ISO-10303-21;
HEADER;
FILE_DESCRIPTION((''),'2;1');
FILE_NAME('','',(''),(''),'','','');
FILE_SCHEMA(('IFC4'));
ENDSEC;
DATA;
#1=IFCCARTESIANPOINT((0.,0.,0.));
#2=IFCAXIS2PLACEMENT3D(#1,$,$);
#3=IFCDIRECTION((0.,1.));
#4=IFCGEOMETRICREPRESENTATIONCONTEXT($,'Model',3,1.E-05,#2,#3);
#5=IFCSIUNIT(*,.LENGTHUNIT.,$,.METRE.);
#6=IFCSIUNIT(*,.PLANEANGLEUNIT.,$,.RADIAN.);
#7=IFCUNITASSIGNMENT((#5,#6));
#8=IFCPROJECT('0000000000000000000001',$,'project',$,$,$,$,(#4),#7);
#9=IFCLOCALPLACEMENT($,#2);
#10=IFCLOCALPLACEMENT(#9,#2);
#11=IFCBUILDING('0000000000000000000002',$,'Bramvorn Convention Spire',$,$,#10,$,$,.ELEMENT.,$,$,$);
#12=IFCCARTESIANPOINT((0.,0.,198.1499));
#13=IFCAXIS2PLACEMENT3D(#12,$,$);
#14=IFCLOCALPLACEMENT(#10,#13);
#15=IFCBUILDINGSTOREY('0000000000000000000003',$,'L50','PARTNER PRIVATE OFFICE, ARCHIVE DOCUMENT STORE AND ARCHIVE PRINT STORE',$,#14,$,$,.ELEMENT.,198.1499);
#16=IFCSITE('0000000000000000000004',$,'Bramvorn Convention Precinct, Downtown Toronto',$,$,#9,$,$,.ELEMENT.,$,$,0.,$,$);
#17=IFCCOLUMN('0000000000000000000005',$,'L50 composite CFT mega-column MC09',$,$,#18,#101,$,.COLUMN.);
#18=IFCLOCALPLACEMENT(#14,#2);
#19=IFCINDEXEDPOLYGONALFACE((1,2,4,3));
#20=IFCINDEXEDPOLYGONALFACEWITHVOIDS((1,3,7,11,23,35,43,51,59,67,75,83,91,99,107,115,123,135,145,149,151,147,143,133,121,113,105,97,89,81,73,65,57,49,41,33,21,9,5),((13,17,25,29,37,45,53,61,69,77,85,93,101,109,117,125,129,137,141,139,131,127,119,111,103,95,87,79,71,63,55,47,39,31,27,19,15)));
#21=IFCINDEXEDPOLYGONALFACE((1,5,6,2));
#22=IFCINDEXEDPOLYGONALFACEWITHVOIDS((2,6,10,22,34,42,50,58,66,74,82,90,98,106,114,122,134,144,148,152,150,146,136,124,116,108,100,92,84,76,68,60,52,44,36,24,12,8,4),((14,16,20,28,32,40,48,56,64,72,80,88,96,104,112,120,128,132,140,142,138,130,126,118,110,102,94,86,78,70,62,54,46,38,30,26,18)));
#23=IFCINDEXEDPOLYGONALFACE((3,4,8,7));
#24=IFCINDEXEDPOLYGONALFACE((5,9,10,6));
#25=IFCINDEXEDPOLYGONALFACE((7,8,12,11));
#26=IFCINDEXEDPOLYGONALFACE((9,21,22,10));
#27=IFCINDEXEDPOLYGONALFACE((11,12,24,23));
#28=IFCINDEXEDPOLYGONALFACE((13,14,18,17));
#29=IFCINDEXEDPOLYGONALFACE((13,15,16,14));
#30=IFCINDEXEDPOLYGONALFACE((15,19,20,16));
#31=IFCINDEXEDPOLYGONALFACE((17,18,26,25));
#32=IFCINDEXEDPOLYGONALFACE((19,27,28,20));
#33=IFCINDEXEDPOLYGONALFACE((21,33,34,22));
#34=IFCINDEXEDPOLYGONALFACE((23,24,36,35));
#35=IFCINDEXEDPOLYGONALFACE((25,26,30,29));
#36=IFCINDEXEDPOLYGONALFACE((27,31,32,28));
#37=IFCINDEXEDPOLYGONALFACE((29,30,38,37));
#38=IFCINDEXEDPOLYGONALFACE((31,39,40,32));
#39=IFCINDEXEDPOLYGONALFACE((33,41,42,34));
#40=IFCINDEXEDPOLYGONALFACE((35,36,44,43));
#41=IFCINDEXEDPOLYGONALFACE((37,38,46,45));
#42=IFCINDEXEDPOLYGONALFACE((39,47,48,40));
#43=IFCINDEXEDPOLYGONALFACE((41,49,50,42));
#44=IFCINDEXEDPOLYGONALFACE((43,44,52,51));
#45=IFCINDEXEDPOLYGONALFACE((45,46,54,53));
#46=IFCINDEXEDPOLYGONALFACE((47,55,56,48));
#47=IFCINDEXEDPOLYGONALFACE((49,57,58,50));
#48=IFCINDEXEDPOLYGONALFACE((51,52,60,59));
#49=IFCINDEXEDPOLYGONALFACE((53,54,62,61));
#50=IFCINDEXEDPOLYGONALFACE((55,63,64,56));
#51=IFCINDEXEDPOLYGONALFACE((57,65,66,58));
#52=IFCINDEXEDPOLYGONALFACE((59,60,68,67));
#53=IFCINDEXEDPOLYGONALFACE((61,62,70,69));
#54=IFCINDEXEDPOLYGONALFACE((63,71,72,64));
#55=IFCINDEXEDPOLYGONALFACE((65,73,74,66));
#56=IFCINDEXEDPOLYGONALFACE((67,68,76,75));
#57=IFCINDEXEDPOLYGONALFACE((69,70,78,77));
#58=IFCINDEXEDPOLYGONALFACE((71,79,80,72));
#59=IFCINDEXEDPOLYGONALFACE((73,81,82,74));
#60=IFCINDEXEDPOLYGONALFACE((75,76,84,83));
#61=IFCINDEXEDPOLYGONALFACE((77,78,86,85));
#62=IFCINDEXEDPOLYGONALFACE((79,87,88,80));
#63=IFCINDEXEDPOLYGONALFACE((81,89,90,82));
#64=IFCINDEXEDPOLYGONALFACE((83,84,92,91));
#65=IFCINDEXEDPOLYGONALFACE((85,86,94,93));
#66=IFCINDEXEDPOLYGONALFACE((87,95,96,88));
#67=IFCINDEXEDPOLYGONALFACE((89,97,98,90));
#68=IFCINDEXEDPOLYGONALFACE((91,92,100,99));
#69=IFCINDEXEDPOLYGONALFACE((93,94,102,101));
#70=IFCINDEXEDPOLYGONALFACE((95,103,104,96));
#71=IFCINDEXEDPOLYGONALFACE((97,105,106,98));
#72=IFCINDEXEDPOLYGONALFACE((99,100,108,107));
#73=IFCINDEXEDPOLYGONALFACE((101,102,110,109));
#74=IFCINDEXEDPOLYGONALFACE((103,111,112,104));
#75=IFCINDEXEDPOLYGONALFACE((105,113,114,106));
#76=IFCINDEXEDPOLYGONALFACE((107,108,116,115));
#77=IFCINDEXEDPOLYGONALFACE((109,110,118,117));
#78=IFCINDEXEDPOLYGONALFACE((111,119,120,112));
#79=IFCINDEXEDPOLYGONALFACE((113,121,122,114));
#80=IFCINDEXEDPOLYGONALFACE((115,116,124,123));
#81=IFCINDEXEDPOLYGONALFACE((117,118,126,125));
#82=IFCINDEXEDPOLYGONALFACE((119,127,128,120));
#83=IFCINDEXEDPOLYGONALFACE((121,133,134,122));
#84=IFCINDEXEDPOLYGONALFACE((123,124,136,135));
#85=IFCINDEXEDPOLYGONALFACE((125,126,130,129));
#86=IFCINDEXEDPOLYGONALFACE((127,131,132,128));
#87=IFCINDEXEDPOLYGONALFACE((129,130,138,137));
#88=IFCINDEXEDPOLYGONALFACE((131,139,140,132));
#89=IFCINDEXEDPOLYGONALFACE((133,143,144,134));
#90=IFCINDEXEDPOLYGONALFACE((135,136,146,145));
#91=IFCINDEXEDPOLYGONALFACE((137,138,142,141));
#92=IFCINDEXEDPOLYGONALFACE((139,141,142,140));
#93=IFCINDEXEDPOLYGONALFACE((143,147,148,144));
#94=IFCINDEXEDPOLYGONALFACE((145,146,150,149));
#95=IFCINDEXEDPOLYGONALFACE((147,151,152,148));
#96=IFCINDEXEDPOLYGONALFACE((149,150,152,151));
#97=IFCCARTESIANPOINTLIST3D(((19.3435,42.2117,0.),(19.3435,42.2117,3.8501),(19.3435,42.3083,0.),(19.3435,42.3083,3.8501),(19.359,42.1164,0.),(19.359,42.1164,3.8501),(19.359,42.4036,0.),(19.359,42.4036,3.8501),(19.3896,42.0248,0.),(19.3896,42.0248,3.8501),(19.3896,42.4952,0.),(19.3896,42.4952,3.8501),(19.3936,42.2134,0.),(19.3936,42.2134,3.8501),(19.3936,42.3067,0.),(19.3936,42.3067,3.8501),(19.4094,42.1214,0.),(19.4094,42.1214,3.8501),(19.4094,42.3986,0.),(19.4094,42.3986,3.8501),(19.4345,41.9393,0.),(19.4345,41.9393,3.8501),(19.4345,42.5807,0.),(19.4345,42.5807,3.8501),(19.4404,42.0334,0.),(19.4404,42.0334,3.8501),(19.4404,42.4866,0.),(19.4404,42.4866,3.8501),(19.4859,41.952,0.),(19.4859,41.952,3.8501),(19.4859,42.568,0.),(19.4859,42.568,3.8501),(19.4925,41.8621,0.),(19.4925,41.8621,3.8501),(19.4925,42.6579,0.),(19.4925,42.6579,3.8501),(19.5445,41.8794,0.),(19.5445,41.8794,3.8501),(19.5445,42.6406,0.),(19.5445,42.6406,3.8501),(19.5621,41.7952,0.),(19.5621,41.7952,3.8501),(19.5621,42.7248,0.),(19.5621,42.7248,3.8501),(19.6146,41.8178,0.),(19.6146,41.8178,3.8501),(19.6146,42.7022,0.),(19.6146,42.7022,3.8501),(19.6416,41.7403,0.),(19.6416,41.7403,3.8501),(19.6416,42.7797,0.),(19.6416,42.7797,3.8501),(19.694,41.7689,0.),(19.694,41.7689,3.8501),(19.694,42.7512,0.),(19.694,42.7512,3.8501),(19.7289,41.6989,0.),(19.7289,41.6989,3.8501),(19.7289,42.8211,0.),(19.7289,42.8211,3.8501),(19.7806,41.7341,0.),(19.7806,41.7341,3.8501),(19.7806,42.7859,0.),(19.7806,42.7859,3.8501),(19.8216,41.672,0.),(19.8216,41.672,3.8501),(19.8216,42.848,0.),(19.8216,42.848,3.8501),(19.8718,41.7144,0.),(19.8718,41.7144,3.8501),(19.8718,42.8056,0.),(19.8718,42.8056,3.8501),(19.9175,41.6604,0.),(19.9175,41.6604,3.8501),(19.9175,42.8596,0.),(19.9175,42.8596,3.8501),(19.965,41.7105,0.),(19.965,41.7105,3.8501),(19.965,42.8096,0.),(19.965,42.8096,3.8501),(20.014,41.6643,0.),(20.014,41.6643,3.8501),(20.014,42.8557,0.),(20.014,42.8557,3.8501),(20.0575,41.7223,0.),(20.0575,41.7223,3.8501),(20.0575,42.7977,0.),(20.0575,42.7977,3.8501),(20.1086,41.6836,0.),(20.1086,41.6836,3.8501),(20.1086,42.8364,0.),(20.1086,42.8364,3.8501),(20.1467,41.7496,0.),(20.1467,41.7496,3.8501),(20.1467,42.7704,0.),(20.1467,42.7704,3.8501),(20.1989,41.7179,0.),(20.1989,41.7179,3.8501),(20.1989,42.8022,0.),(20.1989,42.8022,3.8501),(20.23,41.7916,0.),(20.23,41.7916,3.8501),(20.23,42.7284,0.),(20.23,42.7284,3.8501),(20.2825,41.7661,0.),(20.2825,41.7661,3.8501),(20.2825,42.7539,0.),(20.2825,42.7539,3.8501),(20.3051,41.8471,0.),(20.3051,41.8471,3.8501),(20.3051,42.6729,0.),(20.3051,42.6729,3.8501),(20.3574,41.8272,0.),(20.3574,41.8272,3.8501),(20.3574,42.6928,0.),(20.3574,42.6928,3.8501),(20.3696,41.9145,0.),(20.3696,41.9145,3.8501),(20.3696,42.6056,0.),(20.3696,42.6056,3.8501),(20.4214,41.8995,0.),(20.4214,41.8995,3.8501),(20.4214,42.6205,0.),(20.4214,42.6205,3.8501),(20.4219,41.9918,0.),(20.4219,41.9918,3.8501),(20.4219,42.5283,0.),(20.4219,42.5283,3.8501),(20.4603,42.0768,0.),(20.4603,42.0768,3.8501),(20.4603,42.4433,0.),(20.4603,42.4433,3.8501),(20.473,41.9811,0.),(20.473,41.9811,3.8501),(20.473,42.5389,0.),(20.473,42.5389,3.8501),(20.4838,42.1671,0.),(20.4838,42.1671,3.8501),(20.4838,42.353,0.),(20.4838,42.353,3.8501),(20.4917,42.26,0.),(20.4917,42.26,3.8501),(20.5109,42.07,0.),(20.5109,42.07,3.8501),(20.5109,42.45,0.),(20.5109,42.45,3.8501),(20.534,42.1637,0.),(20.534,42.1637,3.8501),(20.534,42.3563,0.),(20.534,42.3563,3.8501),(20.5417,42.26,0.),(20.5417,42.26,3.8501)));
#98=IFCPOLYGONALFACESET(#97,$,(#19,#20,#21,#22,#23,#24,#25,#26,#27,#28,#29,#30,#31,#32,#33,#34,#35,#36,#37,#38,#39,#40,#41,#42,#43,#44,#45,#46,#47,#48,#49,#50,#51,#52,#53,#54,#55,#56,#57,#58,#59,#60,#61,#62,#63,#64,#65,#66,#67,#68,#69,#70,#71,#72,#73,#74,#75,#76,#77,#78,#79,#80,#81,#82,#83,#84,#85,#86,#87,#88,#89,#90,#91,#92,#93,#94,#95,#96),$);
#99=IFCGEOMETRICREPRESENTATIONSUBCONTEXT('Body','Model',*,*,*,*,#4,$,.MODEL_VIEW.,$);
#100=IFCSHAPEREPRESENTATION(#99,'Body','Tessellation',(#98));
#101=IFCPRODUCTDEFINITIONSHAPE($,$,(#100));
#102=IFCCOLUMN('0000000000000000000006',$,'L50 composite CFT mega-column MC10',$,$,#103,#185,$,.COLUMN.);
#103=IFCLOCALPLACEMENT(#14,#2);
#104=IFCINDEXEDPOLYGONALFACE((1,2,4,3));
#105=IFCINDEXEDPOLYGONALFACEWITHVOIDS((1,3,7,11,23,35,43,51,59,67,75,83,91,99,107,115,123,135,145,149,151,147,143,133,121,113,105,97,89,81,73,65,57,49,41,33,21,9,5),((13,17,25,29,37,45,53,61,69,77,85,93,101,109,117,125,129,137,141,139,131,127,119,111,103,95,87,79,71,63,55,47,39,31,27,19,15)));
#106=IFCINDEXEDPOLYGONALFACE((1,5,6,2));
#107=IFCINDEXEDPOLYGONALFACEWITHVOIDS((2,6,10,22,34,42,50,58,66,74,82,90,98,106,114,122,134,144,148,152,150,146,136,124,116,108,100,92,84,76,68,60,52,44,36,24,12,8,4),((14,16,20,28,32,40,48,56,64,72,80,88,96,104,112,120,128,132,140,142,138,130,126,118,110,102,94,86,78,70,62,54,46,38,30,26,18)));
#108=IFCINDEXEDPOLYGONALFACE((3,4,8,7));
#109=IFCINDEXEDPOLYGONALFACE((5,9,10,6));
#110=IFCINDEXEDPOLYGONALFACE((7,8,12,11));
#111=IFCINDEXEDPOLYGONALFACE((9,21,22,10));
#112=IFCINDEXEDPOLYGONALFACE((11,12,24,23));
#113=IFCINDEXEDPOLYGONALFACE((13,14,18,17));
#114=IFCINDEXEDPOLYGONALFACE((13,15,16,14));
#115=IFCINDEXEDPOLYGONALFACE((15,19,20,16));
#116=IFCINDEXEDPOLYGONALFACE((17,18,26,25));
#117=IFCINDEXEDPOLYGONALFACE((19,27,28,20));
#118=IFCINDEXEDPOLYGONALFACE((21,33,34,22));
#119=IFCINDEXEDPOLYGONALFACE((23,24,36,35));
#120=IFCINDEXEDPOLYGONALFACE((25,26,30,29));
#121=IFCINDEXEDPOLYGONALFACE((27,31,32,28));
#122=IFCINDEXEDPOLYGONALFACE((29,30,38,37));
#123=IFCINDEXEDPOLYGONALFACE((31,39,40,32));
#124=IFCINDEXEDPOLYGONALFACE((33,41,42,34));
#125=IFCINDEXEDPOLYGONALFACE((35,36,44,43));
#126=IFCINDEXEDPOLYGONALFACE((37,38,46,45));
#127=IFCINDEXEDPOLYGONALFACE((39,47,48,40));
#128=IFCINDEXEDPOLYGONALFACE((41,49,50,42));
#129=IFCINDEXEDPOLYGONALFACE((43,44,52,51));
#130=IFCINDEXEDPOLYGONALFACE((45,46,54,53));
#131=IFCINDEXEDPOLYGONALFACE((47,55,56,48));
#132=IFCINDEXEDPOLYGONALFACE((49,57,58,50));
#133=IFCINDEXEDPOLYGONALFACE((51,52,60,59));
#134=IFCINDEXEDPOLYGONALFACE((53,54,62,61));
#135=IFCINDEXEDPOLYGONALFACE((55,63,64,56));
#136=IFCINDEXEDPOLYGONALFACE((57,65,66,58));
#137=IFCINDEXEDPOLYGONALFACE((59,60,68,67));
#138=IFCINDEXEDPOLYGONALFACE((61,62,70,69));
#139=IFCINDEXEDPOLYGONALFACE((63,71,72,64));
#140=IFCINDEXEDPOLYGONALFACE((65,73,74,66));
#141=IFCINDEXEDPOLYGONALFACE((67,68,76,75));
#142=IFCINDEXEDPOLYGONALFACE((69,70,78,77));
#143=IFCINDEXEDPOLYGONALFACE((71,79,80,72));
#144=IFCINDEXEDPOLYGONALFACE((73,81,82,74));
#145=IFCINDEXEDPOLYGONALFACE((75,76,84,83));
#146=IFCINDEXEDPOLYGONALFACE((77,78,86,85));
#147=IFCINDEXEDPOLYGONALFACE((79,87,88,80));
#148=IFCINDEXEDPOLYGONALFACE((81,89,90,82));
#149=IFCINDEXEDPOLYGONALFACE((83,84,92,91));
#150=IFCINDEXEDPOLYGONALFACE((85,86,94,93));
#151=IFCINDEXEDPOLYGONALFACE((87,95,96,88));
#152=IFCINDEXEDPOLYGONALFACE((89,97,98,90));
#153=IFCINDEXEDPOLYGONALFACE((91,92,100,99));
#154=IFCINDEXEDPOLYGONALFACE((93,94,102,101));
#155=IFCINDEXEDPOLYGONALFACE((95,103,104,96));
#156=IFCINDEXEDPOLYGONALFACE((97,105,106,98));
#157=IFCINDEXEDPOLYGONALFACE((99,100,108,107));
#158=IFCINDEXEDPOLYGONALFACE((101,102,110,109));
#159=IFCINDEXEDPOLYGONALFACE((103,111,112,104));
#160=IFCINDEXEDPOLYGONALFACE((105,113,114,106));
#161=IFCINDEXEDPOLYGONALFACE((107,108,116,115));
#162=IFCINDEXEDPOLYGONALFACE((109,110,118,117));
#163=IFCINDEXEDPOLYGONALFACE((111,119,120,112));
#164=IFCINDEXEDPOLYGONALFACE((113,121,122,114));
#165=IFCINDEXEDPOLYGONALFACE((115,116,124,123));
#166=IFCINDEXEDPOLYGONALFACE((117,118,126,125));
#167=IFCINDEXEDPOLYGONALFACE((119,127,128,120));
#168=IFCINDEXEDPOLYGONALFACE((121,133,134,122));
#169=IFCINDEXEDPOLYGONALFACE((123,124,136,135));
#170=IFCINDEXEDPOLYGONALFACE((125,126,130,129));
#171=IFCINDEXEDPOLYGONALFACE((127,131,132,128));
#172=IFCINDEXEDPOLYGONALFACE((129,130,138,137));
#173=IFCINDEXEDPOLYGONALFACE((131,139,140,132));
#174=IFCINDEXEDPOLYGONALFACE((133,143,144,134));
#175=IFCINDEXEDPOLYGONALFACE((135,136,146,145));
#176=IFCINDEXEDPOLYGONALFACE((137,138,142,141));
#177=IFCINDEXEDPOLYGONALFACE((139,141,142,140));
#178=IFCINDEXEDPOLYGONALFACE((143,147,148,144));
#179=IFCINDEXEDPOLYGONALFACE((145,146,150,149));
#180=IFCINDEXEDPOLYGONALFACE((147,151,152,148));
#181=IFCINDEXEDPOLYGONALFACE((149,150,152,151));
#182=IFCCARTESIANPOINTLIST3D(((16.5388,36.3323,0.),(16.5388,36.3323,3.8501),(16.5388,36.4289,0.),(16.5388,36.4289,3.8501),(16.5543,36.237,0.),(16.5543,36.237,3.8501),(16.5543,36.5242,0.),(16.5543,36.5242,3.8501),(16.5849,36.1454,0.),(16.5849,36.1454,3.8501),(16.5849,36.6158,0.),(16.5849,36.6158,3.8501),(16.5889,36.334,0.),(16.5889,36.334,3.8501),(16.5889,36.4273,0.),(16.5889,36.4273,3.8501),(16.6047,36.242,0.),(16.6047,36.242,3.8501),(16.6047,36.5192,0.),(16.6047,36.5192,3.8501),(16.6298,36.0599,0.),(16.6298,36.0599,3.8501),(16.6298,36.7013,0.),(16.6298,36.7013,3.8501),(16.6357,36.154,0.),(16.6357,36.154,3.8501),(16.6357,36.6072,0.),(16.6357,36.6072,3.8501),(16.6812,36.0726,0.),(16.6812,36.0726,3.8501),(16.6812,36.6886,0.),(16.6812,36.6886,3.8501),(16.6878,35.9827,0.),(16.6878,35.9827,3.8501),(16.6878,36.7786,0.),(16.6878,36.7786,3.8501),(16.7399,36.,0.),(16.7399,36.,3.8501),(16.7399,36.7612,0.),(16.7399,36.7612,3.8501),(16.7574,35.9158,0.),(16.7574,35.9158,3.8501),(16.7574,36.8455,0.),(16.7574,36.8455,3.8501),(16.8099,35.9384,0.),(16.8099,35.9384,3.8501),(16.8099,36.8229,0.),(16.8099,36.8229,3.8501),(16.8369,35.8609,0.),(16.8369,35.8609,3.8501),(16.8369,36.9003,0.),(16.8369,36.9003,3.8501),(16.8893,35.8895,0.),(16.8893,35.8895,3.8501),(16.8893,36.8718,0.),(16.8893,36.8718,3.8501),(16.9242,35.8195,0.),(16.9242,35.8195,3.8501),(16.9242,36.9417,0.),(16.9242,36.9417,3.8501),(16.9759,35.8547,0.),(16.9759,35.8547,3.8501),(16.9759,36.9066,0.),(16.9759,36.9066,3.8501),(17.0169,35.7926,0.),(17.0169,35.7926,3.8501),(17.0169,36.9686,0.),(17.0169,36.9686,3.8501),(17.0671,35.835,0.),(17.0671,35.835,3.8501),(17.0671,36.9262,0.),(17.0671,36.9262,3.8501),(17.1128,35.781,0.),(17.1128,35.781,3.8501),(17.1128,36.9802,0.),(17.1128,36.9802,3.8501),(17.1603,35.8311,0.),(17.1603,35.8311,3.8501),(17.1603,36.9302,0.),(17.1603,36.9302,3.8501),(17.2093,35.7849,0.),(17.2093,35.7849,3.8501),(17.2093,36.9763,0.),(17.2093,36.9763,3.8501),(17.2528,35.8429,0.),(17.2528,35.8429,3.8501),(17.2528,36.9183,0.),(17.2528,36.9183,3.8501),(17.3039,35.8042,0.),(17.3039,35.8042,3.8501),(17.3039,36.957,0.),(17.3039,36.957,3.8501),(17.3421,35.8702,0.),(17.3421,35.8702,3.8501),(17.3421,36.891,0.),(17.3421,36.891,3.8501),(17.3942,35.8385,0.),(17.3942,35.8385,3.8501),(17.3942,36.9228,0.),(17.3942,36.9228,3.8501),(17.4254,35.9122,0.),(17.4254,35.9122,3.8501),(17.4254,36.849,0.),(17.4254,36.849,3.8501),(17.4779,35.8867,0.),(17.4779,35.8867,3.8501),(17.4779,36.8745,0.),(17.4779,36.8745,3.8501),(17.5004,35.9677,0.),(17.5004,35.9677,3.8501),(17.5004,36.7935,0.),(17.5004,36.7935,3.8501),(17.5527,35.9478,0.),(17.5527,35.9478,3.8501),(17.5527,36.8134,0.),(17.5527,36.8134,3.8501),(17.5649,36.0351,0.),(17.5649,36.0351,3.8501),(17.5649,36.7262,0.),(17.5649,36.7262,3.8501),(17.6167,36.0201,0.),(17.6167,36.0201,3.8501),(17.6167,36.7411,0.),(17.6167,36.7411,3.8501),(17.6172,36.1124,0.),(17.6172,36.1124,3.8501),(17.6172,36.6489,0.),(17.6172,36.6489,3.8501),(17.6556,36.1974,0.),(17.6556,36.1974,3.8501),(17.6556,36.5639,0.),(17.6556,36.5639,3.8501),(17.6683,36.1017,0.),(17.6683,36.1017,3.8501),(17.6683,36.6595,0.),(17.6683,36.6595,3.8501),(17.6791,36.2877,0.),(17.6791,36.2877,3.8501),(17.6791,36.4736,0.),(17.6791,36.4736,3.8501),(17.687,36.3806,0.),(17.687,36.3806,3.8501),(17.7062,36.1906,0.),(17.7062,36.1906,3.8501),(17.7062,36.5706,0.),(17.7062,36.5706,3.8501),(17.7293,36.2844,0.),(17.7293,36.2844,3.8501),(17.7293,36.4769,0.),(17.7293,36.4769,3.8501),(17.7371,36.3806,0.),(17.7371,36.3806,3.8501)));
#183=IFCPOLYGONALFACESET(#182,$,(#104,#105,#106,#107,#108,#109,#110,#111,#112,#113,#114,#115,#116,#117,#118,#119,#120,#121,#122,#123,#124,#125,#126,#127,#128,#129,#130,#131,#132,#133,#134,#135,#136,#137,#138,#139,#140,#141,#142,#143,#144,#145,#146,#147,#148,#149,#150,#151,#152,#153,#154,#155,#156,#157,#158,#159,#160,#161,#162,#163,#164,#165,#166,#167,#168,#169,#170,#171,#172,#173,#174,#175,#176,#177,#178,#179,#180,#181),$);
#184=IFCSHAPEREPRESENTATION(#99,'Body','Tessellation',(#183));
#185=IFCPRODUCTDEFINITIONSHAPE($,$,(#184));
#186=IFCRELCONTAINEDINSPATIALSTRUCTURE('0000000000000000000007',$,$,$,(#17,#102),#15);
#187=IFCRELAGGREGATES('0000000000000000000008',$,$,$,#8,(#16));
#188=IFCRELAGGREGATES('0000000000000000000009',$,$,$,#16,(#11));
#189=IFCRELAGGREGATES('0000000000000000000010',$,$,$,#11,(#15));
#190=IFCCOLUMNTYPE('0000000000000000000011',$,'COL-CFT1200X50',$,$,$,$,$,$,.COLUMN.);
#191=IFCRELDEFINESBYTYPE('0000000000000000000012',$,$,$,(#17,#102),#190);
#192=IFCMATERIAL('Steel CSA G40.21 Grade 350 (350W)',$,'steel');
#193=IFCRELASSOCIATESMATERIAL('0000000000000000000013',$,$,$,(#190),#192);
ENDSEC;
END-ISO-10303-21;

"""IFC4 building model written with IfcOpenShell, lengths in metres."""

from ifc_helpers import new_model, si_unit, direction, frame, origin, origin_2d, place, context, subcontext, project, spatial, hollow_circle, extrude, material, material_profile, profile_set, type_object, element, save


model = new_model("IFC4")

# Units and contexts
model_context = context("Model", 3, precision=1e-05, world=origin(), true_north=direction((0.0, 1.0)))
body_context = subcontext(model_context, "Body", "Model", "MODEL_VIEW")
ifc_project = project(units=[si_unit("LENGTHUNIT", "METRE"), si_unit("PLANEANGLEUNIT", "RADIAN")], contexts=[model_context])

# Site, building, storey
site_placement = place(None, origin())
site = spatial("IfcSite", under=ifc_project, at=site_placement, Name="Bramvorn Convention Precinct, Downtown Toronto", CompositionType="ELEMENT", RefElevation=0.0)
building_placement = place(site_placement, origin())
building = spatial("IfcBuilding", under=site, at=building_placement, Name="Bramvorn Convention Spire", CompositionType="ELEMENT")
storey_placement = place(building_placement, frame((0.0, 0.0, 198.1499)))
storey = spatial("IfcBuildingStorey", under=building, at=storey_placement, Name="L50", Description="PARTNER PRIVATE OFFICE, ARCHIVE DOCUMENT STORE AND ARCHIVE PRINT STORE", CompositionType="ELEMENT", Elevation=198.1499)

# Columns
ifc_material_1 = material(Name="Steel CSA G40.21 Grade 350 (350W)", Category="steel")
ifc_material_profile_1 = material_profile(ifc_material_1, hollow_circle(Radius=0.6001, WallThickness=0.05, at=origin_2d()))
ifc_profile_set_1 = profile_set([ifc_material_profile_1], Name="Steel CSA G40.21 Grade 350 (350W) - CFT1200X50")
column_type = type_object("IfcColumnType", Name="COL-CFT1200X50", PredefinedType="COLUMN", material=ifc_profile_set_1)
for number, where, z_axis, x_axis, name in (
    (1, (19.9417, 42.26, 0.0), (0.0, 0.0, 1.0), (1.0, 0.0, 0.0), "L50 composite CFT mega-column MC09"),
    (2, (17.137, 36.3806, 0.0), (0.0, 0.0, 1.0), (1.0, 0.0, 0.0), "L50 composite CFT mega-column MC10"),
):
    element("IfcColumn", number, at=place(storey_placement, frame(where, z_axis=z_axis, x_axis=x_axis)), inside=storey, type_object=column_type, Name=name, PredefinedType="COLUMN", context=body_context, shape_type="SweptSolid", body=[
        extrude(hollow_circle(Radius=0.6001, WallThickness=0.05, at=origin_2d()), origin(), (0.0, 0.0, 1.0), 3.8501),
    ])

save(model, "model.ifc")
